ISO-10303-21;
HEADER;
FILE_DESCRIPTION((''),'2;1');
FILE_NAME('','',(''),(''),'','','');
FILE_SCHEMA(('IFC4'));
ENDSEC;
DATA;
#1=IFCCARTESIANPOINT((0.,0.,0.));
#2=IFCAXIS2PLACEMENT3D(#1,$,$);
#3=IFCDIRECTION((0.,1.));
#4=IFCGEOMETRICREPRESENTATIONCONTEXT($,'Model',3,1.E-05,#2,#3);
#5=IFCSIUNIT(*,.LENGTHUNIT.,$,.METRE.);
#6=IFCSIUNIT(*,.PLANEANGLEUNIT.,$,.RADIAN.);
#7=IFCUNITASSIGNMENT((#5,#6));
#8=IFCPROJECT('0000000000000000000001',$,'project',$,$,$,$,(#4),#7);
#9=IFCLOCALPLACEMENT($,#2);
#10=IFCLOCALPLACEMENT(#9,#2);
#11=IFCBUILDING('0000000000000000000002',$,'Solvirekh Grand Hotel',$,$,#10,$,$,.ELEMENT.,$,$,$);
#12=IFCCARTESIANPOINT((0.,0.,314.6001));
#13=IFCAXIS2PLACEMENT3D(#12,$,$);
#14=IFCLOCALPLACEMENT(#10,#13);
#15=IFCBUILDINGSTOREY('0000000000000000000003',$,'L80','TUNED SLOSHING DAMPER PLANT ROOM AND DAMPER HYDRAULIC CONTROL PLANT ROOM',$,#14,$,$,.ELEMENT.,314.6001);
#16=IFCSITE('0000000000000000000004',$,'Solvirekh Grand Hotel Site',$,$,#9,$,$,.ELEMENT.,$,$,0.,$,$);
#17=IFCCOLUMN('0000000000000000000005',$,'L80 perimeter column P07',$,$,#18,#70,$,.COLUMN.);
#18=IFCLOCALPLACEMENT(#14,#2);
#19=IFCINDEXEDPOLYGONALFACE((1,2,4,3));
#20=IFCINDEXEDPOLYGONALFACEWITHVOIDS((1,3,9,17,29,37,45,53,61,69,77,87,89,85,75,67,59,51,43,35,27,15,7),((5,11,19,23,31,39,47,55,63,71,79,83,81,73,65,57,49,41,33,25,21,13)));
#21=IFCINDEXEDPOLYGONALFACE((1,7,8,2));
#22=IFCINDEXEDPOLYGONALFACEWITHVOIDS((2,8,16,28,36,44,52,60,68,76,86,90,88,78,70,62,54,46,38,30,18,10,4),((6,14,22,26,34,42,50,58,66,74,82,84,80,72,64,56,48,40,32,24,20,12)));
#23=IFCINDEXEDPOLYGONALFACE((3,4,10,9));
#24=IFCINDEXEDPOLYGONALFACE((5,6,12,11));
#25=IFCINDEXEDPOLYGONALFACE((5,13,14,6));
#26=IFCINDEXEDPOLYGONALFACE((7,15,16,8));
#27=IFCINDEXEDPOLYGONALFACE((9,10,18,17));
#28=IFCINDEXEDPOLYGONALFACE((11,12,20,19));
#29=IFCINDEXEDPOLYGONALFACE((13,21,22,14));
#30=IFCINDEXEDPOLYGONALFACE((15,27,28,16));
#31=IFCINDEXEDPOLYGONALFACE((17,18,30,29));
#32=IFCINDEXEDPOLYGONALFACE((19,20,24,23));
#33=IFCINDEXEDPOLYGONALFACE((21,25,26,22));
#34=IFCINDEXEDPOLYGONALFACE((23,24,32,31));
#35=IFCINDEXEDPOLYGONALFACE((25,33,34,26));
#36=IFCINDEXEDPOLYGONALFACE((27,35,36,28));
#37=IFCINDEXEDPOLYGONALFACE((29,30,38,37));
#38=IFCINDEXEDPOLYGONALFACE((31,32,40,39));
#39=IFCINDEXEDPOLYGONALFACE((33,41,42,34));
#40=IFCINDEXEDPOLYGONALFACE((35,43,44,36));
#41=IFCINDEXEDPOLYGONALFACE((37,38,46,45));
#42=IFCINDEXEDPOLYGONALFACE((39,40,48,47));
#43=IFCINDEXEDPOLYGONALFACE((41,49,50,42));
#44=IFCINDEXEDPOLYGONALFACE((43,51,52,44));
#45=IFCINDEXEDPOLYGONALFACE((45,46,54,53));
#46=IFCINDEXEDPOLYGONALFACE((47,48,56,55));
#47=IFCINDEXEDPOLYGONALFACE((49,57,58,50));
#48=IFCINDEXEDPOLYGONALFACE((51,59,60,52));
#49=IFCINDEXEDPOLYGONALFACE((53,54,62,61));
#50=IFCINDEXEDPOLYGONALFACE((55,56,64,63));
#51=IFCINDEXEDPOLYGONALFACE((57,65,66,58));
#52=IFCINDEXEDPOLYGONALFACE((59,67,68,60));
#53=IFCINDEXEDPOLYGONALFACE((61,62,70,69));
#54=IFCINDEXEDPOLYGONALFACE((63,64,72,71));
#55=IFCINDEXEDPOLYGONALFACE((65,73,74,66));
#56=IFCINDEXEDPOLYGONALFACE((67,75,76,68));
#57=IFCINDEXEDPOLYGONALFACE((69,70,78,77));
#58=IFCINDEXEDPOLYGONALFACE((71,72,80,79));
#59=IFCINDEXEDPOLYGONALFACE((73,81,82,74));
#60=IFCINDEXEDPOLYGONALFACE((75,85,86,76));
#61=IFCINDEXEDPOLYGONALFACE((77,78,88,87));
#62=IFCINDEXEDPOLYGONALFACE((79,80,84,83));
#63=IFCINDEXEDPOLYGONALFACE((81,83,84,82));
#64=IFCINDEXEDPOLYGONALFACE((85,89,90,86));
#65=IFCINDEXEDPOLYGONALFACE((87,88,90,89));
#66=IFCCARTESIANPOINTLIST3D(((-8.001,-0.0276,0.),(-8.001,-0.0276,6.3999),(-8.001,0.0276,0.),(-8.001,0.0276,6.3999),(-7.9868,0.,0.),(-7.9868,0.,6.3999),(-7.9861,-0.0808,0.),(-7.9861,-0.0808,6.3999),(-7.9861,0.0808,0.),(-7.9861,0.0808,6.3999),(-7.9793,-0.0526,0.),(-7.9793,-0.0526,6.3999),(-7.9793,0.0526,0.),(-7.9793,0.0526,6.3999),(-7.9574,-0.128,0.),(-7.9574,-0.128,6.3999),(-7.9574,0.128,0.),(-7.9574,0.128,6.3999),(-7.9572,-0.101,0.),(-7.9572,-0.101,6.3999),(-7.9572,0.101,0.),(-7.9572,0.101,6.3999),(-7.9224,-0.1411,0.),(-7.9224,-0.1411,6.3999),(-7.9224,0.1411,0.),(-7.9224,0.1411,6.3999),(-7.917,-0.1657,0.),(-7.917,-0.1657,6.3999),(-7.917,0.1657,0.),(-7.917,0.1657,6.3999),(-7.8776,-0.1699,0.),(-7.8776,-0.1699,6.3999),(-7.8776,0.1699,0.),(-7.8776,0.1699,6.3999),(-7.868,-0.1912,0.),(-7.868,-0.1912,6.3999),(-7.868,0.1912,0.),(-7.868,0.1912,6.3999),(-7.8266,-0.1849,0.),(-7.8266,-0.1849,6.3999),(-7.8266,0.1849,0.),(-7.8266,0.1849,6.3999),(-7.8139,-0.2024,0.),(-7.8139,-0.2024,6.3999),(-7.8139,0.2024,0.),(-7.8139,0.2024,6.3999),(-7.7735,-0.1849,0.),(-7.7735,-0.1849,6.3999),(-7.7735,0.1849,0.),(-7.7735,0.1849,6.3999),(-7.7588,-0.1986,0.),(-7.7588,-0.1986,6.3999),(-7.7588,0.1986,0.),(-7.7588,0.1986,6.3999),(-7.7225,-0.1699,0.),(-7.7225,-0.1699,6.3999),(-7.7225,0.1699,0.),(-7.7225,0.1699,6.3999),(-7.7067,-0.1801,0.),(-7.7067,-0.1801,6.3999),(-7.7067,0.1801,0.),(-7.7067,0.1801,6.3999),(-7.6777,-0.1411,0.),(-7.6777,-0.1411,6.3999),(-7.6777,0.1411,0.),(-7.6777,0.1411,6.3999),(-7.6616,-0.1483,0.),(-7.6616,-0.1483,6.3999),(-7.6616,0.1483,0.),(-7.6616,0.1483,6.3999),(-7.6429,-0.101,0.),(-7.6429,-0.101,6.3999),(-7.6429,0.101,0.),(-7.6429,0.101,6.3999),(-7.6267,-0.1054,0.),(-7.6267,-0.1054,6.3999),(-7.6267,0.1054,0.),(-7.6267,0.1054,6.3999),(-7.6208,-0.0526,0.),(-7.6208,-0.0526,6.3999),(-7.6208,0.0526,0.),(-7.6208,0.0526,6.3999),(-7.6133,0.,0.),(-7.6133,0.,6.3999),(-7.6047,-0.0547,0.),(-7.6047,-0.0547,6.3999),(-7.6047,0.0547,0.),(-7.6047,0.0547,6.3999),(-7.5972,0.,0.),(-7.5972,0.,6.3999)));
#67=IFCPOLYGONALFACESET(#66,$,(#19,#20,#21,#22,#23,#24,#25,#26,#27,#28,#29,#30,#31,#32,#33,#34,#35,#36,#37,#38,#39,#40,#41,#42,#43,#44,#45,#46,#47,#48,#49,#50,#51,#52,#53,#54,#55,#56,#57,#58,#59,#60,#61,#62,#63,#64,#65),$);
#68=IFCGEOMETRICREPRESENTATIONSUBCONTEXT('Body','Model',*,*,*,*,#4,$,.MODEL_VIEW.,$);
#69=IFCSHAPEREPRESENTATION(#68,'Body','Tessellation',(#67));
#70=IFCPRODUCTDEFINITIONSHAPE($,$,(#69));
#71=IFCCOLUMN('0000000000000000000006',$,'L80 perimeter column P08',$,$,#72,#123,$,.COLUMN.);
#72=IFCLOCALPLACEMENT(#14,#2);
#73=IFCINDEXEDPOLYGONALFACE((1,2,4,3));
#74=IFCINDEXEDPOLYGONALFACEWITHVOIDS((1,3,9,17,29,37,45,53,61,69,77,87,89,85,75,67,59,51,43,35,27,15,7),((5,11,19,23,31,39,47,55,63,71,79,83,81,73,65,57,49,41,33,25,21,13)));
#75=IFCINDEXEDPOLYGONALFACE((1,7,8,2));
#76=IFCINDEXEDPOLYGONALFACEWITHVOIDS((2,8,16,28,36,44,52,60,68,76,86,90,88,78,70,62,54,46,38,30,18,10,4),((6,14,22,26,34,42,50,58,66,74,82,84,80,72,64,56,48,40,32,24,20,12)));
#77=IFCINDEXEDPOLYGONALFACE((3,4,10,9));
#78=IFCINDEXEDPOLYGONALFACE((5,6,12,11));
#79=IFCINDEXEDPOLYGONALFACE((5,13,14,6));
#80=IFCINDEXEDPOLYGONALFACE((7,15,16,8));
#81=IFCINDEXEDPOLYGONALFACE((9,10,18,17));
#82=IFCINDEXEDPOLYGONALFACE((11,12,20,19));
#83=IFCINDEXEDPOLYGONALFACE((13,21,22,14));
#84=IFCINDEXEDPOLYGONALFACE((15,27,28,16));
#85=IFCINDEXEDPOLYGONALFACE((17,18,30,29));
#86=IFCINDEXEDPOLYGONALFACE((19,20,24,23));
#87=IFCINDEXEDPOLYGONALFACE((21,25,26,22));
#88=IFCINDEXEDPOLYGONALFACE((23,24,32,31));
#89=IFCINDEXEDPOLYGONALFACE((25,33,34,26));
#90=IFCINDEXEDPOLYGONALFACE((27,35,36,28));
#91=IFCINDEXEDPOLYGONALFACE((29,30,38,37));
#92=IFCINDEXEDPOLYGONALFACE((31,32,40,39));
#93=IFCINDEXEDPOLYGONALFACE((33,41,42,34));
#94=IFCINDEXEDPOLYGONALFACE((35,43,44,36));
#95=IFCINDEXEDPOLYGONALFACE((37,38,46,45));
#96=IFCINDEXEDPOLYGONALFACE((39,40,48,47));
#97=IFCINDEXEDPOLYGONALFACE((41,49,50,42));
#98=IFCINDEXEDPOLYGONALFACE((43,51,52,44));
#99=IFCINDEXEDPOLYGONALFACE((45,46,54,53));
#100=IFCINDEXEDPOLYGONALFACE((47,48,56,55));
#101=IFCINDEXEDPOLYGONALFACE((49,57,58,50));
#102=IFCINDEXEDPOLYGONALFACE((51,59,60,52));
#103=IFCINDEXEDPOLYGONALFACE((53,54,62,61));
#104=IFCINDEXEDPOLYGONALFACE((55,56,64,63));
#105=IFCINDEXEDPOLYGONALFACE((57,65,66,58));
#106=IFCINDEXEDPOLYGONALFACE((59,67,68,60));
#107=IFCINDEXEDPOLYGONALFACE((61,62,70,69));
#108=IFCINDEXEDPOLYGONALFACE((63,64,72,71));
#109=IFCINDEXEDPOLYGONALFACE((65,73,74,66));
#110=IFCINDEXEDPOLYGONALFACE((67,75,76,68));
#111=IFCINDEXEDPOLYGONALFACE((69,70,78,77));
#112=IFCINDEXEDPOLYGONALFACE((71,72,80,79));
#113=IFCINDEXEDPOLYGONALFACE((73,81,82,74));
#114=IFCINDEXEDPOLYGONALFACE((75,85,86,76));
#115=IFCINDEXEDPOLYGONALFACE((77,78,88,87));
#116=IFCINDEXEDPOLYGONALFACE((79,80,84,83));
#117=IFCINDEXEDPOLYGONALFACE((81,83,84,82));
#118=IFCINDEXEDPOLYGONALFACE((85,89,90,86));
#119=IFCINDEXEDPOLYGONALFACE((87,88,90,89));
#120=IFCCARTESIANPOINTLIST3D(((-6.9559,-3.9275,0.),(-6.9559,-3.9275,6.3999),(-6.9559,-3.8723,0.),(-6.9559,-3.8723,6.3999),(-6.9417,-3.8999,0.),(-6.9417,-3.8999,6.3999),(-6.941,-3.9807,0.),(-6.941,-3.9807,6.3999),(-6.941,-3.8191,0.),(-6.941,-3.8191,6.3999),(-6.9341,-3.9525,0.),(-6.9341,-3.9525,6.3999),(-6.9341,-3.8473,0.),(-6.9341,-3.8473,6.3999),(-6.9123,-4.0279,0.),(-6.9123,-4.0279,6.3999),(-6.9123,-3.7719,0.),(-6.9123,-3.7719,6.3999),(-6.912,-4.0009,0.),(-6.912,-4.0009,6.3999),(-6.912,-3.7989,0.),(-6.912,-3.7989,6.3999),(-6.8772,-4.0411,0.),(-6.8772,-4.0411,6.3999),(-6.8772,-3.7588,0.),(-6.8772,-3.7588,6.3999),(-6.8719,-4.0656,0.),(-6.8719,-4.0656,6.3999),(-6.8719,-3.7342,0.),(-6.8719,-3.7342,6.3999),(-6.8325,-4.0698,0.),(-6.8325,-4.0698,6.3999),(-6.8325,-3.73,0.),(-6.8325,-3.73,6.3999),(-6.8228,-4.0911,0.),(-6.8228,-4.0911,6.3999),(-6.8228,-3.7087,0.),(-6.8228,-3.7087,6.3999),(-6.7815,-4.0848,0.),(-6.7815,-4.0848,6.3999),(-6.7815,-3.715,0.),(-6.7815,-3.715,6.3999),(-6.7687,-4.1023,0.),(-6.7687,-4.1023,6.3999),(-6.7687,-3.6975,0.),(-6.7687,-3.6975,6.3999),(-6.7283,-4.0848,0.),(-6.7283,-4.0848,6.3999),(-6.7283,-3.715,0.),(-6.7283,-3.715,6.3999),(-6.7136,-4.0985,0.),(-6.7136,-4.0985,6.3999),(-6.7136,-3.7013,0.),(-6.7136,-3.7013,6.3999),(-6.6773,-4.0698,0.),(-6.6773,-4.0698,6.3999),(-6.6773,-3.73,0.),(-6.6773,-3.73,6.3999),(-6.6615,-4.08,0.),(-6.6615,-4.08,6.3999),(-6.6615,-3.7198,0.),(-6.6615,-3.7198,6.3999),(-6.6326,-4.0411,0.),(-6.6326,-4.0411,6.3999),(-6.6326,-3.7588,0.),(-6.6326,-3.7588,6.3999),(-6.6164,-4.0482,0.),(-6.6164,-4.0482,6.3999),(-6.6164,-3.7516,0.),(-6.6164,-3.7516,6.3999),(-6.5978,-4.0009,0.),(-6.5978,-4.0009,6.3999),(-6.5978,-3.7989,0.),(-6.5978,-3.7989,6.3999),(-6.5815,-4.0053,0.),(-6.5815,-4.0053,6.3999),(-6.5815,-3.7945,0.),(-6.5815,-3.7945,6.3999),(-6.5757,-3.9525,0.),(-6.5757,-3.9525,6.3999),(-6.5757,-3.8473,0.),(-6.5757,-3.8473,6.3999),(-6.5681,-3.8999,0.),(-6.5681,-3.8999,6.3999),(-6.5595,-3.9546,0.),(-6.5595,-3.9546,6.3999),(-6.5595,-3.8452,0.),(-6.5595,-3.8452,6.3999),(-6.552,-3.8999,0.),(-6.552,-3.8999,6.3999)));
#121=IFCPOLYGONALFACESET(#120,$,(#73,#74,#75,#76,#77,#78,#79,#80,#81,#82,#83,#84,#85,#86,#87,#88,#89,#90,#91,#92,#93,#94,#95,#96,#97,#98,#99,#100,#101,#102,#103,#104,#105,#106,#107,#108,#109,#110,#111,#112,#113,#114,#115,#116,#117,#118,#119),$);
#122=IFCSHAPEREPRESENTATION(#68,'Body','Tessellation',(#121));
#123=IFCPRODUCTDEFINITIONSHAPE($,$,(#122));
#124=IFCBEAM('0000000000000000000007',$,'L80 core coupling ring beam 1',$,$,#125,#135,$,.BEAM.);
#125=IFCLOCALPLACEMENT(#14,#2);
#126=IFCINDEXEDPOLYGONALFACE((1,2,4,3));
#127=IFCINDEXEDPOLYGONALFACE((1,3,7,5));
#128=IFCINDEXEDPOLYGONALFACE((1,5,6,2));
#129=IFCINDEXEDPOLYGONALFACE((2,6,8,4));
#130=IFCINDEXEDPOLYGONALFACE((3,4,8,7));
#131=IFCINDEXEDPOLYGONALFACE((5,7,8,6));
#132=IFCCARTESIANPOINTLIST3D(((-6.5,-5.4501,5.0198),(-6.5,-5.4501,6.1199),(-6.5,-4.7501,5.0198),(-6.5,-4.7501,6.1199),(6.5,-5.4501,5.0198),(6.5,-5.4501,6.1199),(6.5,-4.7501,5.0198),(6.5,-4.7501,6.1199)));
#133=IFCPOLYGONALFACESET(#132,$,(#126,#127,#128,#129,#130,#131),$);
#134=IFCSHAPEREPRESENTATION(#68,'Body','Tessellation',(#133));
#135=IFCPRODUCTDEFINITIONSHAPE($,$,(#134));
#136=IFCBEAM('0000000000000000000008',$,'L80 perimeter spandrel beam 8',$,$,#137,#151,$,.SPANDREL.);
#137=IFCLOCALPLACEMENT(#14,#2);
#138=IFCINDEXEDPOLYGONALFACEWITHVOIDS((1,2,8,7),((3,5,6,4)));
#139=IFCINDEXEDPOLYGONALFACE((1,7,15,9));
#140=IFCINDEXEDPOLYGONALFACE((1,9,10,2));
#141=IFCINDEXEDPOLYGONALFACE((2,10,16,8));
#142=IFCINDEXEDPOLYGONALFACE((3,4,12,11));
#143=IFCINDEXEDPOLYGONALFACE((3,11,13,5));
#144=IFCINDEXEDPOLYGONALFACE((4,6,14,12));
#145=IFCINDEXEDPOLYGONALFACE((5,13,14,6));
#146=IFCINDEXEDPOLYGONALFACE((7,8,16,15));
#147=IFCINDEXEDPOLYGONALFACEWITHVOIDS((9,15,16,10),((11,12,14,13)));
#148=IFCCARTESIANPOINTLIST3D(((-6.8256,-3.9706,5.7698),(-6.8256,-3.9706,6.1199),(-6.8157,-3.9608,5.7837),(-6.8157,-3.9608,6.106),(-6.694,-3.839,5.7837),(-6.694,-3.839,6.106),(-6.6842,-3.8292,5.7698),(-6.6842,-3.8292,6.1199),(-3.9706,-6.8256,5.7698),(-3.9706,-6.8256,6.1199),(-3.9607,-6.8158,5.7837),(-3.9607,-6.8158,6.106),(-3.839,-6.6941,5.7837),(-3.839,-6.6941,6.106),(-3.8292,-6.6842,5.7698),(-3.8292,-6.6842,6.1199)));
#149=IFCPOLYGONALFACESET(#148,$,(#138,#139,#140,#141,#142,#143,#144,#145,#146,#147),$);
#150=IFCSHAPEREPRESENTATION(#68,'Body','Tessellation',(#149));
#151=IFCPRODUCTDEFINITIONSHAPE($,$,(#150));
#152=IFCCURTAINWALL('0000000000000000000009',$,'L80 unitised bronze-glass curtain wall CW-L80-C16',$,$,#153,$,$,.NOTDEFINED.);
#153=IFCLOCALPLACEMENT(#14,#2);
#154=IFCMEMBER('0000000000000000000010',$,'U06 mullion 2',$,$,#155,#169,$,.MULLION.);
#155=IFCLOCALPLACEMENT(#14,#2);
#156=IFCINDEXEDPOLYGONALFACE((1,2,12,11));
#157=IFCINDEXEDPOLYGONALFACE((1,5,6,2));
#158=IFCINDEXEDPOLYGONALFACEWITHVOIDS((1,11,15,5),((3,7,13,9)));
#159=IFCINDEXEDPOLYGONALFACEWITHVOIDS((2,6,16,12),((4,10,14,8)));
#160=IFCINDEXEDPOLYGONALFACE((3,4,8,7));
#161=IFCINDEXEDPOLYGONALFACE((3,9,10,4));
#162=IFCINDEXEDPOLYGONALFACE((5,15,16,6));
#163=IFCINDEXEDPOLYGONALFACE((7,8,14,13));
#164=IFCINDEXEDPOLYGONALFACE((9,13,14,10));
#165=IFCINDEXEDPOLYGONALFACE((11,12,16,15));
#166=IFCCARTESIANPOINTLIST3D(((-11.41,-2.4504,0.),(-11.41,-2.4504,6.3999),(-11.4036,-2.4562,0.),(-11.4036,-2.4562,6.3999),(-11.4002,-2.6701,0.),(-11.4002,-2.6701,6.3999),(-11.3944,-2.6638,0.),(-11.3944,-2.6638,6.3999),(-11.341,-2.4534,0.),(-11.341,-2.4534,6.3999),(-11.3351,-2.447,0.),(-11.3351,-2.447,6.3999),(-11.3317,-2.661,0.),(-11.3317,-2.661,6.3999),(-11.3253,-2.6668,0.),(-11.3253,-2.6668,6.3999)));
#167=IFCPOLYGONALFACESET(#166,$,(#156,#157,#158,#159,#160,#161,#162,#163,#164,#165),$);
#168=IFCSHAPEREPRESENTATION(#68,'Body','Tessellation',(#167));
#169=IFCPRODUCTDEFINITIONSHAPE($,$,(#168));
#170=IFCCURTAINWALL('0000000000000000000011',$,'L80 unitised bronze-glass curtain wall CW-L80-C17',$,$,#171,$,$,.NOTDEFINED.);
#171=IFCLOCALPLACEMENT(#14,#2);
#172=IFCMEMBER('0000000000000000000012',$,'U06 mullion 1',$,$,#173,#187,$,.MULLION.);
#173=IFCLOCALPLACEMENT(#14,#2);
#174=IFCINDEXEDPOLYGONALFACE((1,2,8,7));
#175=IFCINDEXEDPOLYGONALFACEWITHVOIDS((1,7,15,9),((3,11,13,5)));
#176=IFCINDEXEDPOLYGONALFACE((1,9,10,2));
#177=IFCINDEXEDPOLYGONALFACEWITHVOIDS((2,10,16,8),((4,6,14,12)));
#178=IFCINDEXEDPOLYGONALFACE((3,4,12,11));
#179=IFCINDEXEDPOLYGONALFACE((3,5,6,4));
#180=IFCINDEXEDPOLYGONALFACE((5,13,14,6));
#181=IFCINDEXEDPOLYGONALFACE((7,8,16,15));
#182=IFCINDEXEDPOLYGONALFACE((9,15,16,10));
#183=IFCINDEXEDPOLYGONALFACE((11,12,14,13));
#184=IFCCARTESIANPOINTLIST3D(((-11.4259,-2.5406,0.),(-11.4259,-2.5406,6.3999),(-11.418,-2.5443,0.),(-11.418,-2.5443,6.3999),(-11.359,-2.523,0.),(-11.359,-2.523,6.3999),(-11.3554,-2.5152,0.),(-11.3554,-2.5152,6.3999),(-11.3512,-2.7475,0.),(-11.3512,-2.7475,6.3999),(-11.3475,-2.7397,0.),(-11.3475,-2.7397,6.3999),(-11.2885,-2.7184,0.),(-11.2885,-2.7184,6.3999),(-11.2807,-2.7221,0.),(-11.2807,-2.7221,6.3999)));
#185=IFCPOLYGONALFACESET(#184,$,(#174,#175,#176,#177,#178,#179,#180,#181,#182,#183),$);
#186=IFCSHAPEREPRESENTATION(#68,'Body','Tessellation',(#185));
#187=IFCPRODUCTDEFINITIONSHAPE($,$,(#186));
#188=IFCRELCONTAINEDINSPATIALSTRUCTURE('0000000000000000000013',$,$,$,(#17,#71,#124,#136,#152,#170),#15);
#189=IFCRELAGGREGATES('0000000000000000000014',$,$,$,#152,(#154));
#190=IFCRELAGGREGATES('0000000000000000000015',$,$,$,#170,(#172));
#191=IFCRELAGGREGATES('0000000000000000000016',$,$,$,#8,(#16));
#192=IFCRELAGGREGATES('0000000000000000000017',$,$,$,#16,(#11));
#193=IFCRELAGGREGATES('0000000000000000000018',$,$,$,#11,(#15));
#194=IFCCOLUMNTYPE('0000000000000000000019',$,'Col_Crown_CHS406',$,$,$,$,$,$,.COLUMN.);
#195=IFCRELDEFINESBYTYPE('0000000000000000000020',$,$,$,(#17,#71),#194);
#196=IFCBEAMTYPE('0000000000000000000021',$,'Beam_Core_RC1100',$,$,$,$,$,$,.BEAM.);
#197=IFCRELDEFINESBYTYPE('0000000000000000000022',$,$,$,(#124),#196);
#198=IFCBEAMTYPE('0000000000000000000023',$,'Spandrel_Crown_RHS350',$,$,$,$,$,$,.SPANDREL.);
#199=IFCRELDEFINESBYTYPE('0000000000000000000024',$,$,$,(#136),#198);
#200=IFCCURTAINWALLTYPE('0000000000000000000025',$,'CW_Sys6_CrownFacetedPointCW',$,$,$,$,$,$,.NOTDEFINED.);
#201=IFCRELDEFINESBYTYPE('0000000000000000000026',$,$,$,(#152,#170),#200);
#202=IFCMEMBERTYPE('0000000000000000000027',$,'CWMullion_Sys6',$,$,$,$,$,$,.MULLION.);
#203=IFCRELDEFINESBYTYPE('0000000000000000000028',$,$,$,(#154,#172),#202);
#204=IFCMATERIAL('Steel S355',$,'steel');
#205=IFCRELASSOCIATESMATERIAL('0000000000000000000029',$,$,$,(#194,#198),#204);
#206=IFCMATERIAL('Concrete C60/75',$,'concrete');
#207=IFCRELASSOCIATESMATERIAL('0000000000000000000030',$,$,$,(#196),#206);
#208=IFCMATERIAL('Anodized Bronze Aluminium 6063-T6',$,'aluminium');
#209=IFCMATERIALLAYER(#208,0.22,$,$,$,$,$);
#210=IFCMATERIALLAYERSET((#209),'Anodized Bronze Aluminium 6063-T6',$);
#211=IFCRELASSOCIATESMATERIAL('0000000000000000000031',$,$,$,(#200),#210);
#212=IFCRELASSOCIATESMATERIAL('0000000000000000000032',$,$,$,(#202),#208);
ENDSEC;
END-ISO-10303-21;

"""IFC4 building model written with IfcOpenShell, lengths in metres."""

from ifc_helpers import new_model, si_unit, direction, frame, origin, origin_2d, place, context, subcontext, project, spatial, rectangle, hollow_rectangle, hollow_circle, extrude, source, transform, mapped, material, layer, layer_set, material_profile, profile_set, type_object, element, aggregate, save


model = new_model("IFC4")

# Units and contexts
model_context = context("Model", 3, precision=1e-05, world=origin(), true_north=direction((0.0, 1.0)))
body_context = subcontext(model_context, "Body", "Model", "MODEL_VIEW")
ifc_project = project(units=[si_unit("LENGTHUNIT", "METRE"), si_unit("PLANEANGLEUNIT", "RADIAN")], contexts=[model_context])

# Site, building, storey
site_placement = place(None, origin())
site = spatial("IfcSite", under=ifc_project, at=site_placement, Name="Solvirekh Grand Hotel Site", CompositionType="ELEMENT", RefElevation=0.0)
building_placement = place(site_placement, origin())
building = spatial("IfcBuilding", under=site, at=building_placement, Name="Solvirekh Grand Hotel", CompositionType="ELEMENT")
storey_placement = place(building_placement, frame((0.0, 0.0, 314.6001)))
storey = spatial("IfcBuildingStorey", under=building, at=storey_placement, Name="L80", Description="TUNED SLOSHING DAMPER PLANT ROOM AND DAMPER HYDRAULIC CONTROL PLANT ROOM", CompositionType="ELEMENT", Elevation=314.6001)

# Columns
ifc_material_1 = material(Name="Steel S355", Category="steel")
ifc_material_profile_1 = material_profile(ifc_material_1, hollow_circle(Radius=0.2029, WallThickness=0.0161, at=origin_2d()), Name="CHS 406X16")
ifc_profile_set_1 = profile_set([ifc_material_profile_1], Name="Steel S355")
column_type = type_object("IfcColumnType", Name="Col_Crown_CHS406", PredefinedType="COLUMN", material=ifc_profile_set_1)
for number, where, z_axis, x_axis, name in (
    (1, (-7.8, 0.0, 0.0), (0.0, 0.0, 1.0), (1.0, 0.0, 0.0), "L80 perimeter column P07"),
    (2, (-6.7549, -3.8999, 0.0), (0.0, 0.0, 1.0), (1.0, 0.0, 0.0), "L80 perimeter column P08"),
):
    element("IfcColumn", number, at=place(storey_placement, frame(where, z_axis=z_axis, x_axis=x_axis)), inside=storey, type_object=column_type, Name=name, PredefinedType="COLUMN", context=body_context, shape_type="SweptSolid", body=[
        extrude(hollow_circle(Radius=0.2029, WallThickness=0.0161, at=origin_2d()), origin(), (0.0, 0.0, 1.0), 6.3999),
    ])

# Beams
ifc_material_2 = material(Name="Concrete C60/75", Category="concrete")
ifc_material_profile_2 = material_profile(ifc_material_2, rectangle(XDim=0.7, YDim=1.1001, at=origin_2d()), Name="RC BEAM 700X1100")
ifc_profile_set_2 = profile_set([ifc_material_profile_2], Name="Concrete C60/75")
beam_type_1 = type_object("IfcBeamType", Name="Beam_Core_RC1100", PredefinedType="BEAM", material=ifc_profile_set_2)
beam_1_placement = place(storey_placement, frame((-6.5, -5.1001, 5.5698), z_axis=(1.0, 0.0, 0.0), x_axis=(0.0, 1.0, 0.0)))
element("IfcBeam", 3, at=beam_1_placement, inside=storey, type_object=beam_type_1, Name="L80 core coupling ring beam 1", PredefinedType="BEAM", context=body_context, shape_type="SweptSolid", body=[
    extrude(rectangle(XDim=0.7, YDim=1.1001, at=origin_2d()), origin(), (0.0, 0.0, 1.0), 13.0),
])
ifc_material_profile_3 = material_profile(ifc_material_1, hollow_rectangle(XDim=0.2, YDim=0.3501, WallThickness=0.0139, at=origin_2d()), Name="RHS 350X200X14")
ifc_profile_set_3 = profile_set([ifc_material_profile_3], Name="Steel S355")
beam_type_2 = type_object("IfcBeamType", Name="Spandrel_Crown_RHS350", PredefinedType="SPANDREL", material=ifc_profile_set_3)
beam_2_placement = place(storey_placement, frame((-6.7549, -3.8999, 5.9448), z_axis=(0.707107, -0.707107, 0.0), x_axis=(0.707107, 0.707107, 0.0)))
element("IfcBeam", 4, at=beam_2_placement, inside=storey, type_object=beam_type_2, Name="L80 perimeter spandrel beam 8", PredefinedType="SPANDREL", context=body_context, shape_type="SweptSolid", body=[
    extrude(hollow_rectangle(XDim=0.2, YDim=0.3501, WallThickness=0.0139, at=origin_2d()), origin(), (0.0, 0.0, 1.0), 4.0376),
])

# Curtain wall, member
ifc_material_3 = material(Name="Anodized Bronze Aluminium 6063-T6", Category="aluminium")
ifc_layer_1 = layer(ifc_material_3, 0.22)
ifc_layer_set_1 = layer_set([ifc_layer_1], Name="Anodized Bronze Aluminium 6063-T6")
curtain_wall_type = type_object("IfcCurtainWallType", Name="CW_Sys6_CrownFacetedPointCW", PredefinedType="NOTDEFINED", material=ifc_layer_set_1)
curtain_wall_1_placement = place(storey_placement, origin())
curtain_wall_1 = element("IfcCurtainWall", 5, at=curtain_wall_1_placement, inside=storey, type_object=curtain_wall_type, Name="L80 unitised bronze-glass curtain wall CW-L80-C16", PredefinedType="NOTDEFINED")
ifc_material_profile_4 = material_profile(ifc_material_3, hollow_rectangle(XDim=0.075, YDim=0.22, WallThickness=0.0061, at=origin_2d()), Name="ALU RHS 220X75X6")
ifc_profile_set_4 = profile_set([ifc_material_profile_4], Name="Anodized Bronze Aluminium 6063-T6")
member_type_1 = type_object("IfcMemberType", Name="CWMullion_Sys6", PredefinedType="MULLION", material=ifc_profile_set_4)
shared_shape_1 = source(origin(), body_context, "Body", "SweptSolid", [
    extrude(hollow_rectangle(XDim=0.075, YDim=0.22, WallThickness=0.0061, at=origin_2d()), origin(), (0.0, 0.0, 1.0), 6.3999),
])
member_1_placement = place(storey_placement, frame((-11.3677, -2.5586, 0.0), z_axis=(0.0, 0.0, 1.0), x_axis=(0.999006, 0.044587, 0.0)))
member_1 = element("IfcMember", 6, at=member_1_placement, type_object=member_type_1, Name="U06 mullion 2", PredefinedType="MULLION", context=body_context, shape_type="MappedRepresentation", body=[
    mapped(shared_shape_1, transform((0.0, 0.0, 0.0), x_axis=(1.0, 0.0, 0.0), y_axis=(0.0, 1.0, 0.0), z_axis=(0.0, 0.0, 1.0), scale=1.0)),
])

# Curtain wall, member
curtain_wall_2_placement = place(storey_placement, origin())
curtain_wall_2 = element("IfcCurtainWall", 7, at=curtain_wall_2_placement, inside=storey, type_object=curtain_wall_type, Name="L80 unitised bronze-glass curtain wall CW-L80-C17", PredefinedType="NOTDEFINED")
member_2_placement = place(storey_placement, frame((-11.3533, -2.6313, 0.0), z_axis=(0.0, 0.0, 1.0), x_axis=(0.940617, 0.339469, 0.0)))
member_2 = element("IfcMember", 8, at=member_2_placement, type_object=member_type_1, Name="U06 mullion 1", PredefinedType="MULLION", context=body_context, shape_type="MappedRepresentation", body=[
    mapped(shared_shape_1, transform((0.0, 0.0, 0.0), x_axis=(1.0, 0.0, 0.0), y_axis=(0.0, 1.0, 0.0), z_axis=(0.0, 0.0, 1.0), scale=1.0)),
])

aggregate(curtain_wall_1, [member_1])
aggregate(curtain_wall_2, [member_2])

save(model, "model.ifc")
